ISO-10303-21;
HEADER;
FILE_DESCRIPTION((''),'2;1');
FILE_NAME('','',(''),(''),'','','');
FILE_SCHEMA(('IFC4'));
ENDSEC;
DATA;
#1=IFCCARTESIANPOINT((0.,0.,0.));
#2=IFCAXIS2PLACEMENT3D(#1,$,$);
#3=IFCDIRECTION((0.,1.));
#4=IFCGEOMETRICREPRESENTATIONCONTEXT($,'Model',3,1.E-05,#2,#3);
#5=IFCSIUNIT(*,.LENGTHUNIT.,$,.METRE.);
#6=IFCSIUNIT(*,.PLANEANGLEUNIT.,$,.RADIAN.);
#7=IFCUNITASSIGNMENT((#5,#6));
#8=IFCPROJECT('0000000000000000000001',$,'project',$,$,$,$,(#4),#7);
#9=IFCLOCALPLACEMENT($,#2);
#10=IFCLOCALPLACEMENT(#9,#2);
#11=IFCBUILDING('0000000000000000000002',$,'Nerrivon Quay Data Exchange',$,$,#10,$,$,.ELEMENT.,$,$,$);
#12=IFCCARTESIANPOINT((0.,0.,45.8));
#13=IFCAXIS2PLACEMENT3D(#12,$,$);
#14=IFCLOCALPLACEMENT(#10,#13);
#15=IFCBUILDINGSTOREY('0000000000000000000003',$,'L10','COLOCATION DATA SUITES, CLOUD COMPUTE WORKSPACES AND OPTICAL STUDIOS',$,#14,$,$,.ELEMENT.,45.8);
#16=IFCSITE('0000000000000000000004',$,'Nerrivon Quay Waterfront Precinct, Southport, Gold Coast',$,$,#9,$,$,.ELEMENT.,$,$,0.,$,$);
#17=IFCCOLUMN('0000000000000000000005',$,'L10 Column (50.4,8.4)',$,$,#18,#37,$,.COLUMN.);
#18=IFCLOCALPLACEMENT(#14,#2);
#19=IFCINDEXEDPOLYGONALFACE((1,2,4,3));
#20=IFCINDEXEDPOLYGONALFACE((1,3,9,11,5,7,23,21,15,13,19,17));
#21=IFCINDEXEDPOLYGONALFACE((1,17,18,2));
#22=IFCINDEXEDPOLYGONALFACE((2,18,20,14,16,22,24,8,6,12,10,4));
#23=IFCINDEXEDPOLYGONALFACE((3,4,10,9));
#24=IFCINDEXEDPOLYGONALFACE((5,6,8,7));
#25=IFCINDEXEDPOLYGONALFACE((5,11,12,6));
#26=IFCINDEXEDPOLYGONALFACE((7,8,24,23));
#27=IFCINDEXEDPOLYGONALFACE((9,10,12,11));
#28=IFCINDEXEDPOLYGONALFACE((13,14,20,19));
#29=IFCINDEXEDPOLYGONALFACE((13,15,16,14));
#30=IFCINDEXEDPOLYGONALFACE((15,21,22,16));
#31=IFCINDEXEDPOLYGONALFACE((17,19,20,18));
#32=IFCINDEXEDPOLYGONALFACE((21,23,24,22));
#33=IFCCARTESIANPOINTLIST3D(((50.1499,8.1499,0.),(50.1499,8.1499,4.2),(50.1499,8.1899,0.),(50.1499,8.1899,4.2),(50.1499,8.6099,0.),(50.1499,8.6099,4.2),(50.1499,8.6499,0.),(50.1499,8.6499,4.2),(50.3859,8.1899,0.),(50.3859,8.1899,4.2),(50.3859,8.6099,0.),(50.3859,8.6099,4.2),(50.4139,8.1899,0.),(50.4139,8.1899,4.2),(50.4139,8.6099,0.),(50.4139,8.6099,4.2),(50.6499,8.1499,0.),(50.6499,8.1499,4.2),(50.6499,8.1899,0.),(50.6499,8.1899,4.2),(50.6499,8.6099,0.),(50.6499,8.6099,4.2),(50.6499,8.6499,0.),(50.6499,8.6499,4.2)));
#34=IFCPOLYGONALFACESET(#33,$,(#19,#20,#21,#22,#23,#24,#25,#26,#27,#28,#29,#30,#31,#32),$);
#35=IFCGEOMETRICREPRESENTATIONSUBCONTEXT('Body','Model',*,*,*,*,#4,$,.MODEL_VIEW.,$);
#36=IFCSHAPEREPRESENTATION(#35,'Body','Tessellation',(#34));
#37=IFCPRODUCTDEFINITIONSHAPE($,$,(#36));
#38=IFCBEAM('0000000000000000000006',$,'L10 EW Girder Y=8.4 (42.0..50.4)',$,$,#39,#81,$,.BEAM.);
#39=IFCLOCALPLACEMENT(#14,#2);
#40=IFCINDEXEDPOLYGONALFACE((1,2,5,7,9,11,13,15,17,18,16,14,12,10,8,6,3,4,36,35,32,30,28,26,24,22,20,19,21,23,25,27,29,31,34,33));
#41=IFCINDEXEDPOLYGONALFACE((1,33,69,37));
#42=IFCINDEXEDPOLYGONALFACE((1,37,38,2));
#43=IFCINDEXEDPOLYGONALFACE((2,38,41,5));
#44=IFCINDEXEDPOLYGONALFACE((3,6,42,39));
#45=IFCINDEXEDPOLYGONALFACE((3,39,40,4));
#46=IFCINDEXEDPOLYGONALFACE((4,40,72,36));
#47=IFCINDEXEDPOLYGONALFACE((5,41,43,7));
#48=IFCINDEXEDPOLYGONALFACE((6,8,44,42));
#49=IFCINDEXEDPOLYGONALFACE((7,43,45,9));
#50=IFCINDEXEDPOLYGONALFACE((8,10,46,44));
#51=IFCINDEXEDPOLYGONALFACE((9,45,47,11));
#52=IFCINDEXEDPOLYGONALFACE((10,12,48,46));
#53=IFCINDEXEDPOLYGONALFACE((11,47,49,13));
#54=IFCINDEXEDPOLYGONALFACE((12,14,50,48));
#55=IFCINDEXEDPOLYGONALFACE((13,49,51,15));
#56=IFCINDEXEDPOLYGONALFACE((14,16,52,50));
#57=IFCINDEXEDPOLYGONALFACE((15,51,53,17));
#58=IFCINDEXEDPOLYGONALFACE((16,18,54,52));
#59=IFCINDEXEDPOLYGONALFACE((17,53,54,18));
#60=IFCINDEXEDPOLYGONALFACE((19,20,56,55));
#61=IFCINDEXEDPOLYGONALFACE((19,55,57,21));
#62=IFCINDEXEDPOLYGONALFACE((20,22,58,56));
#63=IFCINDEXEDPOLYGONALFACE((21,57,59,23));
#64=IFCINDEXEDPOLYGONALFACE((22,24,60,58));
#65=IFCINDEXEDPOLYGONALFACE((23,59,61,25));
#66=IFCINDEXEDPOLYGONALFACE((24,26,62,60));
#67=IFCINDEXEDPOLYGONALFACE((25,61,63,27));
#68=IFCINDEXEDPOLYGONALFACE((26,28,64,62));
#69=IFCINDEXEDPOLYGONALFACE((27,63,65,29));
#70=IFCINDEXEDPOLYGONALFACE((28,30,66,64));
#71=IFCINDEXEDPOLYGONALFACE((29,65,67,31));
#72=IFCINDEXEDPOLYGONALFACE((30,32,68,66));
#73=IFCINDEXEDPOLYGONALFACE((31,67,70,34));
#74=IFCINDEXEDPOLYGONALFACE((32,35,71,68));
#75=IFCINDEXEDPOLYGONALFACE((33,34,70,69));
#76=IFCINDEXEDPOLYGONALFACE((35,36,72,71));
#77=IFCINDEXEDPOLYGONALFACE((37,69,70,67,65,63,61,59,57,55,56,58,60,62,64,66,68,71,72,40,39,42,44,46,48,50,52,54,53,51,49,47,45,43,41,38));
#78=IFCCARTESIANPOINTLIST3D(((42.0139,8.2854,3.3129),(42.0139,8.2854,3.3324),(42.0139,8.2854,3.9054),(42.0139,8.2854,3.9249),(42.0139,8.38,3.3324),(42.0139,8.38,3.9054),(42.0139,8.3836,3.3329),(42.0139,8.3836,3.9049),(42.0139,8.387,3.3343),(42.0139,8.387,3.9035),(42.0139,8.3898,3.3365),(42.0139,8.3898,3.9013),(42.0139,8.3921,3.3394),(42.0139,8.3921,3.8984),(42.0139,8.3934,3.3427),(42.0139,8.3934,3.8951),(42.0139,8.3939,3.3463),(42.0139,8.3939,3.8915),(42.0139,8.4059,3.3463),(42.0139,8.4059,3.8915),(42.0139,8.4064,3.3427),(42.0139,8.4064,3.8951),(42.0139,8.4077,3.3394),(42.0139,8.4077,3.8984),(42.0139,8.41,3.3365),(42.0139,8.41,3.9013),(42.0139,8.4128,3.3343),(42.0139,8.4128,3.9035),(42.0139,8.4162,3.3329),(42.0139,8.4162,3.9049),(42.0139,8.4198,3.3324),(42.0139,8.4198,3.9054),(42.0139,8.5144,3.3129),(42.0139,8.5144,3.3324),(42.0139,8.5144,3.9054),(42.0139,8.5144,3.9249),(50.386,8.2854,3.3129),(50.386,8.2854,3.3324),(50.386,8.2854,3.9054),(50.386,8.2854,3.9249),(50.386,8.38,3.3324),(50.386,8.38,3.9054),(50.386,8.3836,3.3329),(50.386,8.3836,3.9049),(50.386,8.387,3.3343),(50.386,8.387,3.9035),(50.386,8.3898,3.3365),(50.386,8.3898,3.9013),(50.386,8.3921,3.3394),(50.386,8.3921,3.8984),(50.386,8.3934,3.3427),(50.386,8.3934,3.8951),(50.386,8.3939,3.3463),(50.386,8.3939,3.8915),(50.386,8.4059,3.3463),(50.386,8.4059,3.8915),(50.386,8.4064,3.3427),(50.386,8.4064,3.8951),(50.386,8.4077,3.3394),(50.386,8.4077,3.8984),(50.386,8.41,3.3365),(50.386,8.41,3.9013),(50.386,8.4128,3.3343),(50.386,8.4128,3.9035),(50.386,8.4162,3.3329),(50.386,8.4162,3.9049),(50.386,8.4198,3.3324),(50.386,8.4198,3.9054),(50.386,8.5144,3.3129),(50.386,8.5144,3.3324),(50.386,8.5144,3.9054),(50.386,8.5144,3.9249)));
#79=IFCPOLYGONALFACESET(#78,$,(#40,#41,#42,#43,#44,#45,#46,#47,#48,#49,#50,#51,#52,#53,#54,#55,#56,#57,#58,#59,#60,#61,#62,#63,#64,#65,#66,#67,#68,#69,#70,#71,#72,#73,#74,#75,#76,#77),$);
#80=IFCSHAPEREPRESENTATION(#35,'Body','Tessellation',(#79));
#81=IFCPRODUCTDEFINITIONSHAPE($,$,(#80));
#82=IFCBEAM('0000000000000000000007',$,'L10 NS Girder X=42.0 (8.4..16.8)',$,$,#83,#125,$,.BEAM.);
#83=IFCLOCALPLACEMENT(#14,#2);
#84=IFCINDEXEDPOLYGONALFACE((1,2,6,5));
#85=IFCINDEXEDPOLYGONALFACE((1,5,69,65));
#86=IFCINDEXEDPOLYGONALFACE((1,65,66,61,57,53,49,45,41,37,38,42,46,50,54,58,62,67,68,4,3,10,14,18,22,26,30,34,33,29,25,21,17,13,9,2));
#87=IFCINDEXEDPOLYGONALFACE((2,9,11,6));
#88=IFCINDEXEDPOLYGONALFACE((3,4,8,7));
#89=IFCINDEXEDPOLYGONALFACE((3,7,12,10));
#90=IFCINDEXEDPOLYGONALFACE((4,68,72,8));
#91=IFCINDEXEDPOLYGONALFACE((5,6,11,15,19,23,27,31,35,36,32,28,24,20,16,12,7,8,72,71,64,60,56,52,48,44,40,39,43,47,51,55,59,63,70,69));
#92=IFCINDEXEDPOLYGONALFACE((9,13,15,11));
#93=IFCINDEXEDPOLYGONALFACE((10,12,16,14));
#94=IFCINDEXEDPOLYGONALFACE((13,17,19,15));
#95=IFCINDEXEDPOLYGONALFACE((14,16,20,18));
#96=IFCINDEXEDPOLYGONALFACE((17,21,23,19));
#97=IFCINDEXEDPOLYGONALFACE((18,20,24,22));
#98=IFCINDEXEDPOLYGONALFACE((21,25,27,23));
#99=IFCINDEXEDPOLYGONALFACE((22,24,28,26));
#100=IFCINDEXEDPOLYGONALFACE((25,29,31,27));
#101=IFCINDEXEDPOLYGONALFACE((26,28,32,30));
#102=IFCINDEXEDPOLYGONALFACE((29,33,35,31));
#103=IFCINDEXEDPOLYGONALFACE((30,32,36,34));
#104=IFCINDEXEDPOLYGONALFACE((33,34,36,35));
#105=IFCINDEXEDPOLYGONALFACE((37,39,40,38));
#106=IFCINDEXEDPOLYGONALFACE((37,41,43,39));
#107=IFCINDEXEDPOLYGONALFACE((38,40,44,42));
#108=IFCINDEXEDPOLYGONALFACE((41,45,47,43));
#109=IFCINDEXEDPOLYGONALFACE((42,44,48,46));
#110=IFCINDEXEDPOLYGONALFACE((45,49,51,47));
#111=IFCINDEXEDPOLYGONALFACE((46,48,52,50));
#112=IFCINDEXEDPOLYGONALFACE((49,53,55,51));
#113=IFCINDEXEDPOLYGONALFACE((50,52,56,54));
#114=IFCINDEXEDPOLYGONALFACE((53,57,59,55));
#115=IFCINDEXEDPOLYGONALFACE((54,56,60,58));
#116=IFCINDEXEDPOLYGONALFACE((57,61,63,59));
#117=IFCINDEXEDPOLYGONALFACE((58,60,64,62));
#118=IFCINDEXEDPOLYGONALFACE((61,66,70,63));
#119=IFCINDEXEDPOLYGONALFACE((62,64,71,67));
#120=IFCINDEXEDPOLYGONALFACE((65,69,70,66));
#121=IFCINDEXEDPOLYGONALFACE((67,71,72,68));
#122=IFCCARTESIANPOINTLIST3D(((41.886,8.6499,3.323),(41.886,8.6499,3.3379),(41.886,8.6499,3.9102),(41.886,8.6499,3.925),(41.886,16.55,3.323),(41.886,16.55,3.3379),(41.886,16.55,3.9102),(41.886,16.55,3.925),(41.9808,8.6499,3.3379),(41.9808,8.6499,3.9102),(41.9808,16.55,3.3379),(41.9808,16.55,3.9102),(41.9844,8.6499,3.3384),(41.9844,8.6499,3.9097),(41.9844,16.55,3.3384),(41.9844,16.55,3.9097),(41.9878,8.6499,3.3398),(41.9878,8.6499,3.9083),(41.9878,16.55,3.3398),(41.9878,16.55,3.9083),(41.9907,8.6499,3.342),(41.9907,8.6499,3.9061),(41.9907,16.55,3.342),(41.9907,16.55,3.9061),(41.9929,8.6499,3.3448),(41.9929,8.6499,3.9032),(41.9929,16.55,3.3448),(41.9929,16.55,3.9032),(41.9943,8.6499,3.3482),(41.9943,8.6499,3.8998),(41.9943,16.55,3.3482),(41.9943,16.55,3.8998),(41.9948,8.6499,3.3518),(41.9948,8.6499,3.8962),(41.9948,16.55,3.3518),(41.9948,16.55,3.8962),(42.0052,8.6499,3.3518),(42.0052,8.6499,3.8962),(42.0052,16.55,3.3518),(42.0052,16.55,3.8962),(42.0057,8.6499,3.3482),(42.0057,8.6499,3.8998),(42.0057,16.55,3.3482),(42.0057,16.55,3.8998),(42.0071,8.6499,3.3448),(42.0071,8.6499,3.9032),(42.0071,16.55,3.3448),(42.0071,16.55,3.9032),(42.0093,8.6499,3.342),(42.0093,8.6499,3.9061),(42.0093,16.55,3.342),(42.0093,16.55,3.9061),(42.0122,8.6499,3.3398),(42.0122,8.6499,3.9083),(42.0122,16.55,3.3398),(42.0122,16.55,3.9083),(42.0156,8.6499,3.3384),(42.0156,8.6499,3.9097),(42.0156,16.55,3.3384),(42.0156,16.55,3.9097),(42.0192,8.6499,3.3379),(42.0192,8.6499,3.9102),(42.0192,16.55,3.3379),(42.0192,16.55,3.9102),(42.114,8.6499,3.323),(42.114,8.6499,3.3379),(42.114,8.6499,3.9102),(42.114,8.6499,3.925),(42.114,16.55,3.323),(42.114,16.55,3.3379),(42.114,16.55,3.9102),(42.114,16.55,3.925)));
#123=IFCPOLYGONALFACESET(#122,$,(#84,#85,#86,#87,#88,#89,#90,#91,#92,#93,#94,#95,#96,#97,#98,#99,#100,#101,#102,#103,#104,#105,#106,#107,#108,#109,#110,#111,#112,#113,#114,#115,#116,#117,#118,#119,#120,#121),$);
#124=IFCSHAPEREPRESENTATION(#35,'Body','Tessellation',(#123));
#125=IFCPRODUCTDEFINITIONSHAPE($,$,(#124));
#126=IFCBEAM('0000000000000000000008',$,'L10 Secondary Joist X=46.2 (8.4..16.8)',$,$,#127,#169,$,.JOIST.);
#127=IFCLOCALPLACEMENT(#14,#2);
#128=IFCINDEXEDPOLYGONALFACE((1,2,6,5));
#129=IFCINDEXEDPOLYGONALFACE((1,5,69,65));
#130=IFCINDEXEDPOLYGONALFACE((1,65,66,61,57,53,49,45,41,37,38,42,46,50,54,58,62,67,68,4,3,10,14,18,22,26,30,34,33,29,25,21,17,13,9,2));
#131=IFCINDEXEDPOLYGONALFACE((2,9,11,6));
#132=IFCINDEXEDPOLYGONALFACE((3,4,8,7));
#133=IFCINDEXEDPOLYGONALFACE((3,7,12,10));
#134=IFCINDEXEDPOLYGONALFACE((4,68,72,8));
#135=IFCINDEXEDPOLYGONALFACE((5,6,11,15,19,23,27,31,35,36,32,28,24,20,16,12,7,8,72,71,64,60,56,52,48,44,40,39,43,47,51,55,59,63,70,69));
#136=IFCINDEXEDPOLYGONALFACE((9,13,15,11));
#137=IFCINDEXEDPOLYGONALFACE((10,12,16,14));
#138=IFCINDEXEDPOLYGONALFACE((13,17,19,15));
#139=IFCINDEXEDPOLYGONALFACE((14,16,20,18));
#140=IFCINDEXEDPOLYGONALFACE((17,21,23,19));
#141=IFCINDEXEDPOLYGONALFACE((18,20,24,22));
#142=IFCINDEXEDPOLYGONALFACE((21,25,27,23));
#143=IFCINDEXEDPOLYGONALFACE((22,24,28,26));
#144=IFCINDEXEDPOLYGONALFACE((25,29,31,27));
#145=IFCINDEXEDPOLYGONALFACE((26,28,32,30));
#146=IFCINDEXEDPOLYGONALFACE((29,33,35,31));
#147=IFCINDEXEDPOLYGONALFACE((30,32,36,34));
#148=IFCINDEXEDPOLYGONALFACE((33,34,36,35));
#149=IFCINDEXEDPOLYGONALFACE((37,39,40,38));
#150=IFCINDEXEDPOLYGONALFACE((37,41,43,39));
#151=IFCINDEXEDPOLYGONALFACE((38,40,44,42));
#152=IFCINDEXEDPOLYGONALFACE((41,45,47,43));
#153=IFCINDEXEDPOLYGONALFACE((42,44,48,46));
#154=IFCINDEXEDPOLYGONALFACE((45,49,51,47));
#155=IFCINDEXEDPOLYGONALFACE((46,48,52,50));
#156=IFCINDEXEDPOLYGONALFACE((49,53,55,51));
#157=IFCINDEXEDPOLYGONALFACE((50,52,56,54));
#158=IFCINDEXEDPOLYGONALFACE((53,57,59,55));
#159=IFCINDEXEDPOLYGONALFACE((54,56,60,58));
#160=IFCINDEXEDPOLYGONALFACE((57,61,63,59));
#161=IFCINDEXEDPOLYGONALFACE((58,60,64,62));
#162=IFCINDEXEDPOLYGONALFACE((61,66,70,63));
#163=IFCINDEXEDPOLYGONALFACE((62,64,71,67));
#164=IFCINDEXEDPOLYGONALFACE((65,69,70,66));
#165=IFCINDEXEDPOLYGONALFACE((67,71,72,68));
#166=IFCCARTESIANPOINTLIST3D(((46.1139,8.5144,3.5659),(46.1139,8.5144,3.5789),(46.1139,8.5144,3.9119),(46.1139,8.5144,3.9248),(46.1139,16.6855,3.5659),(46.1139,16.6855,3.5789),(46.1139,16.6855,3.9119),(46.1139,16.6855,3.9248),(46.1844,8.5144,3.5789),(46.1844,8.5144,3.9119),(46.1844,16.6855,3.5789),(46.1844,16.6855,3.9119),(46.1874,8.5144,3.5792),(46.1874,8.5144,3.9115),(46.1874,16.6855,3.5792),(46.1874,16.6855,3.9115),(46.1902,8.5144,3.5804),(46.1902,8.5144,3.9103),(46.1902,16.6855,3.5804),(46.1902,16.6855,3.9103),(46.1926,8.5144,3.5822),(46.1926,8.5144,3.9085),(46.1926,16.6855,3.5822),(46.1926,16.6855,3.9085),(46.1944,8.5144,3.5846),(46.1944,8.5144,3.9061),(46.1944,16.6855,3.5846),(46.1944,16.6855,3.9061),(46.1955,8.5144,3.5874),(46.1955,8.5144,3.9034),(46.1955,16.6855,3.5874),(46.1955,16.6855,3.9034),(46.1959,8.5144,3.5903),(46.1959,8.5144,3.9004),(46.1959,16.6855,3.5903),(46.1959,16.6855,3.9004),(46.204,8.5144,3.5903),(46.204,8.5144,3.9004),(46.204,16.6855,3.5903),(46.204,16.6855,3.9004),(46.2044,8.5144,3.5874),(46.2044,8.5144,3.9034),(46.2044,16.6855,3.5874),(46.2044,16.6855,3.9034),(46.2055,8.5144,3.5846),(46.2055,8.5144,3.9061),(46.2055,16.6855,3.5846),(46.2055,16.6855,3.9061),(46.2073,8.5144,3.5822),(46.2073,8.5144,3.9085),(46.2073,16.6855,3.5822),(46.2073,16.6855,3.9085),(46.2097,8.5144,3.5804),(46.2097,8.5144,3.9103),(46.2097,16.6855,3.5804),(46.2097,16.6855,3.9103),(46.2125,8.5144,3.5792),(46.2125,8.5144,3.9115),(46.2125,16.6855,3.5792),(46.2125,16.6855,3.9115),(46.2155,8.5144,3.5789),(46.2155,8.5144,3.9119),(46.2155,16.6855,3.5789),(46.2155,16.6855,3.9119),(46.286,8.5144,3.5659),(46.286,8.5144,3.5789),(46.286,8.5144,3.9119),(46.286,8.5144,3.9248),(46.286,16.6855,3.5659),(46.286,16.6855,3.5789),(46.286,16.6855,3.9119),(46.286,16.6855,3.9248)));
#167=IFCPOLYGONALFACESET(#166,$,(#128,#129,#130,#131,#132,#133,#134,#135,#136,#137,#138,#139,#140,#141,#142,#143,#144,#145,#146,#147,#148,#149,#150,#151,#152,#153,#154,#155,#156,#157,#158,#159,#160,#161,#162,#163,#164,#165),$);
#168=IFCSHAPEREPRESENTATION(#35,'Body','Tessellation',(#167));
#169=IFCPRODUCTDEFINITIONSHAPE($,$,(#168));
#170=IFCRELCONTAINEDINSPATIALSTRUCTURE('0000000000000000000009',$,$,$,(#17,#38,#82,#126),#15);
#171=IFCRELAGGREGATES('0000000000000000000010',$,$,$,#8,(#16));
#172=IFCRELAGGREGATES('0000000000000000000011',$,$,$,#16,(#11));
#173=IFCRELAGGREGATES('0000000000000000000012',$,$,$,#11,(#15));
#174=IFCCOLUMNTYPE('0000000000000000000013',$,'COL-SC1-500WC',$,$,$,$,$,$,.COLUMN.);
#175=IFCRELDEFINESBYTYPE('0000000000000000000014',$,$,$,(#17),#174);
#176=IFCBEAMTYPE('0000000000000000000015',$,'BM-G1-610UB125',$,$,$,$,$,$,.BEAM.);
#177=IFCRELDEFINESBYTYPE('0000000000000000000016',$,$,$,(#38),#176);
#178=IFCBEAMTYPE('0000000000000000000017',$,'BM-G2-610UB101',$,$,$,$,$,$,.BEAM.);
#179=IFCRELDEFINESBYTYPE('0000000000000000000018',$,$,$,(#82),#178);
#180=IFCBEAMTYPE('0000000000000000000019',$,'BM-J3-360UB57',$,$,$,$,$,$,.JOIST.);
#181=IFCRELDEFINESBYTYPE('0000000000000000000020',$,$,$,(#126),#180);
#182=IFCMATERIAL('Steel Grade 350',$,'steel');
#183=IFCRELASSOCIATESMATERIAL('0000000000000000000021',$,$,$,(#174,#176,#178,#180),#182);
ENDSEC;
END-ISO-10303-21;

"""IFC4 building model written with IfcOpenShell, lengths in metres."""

from ifc_helpers import new_model, si_unit, direction, frame, origin, origin_2d, place, context, subcontext, project, spatial, i_section, extrude, material, material_profile, profile_set, type_object, element, save


model = new_model("IFC4")

# Units and contexts
model_context = context("Model", 3, precision=1e-05, world=origin(), true_north=direction((0.0, 1.0)))
body_context = subcontext(model_context, "Body", "Model", "MODEL_VIEW")
ifc_project = project(units=[si_unit("LENGTHUNIT", "METRE"), si_unit("PLANEANGLEUNIT", "RADIAN")], contexts=[model_context])

# Site, building, storey
site_placement = place(None, origin())
site = spatial("IfcSite", under=ifc_project, at=site_placement, Name="Nerrivon Quay Waterfront Precinct, Southport, Gold Coast", CompositionType="ELEMENT", RefElevation=0.0)
building_placement = place(site_placement, origin())
building = spatial("IfcBuilding", under=site, at=building_placement, Name="Nerrivon Quay Data Exchange", CompositionType="ELEMENT")
storey_placement = place(building_placement, frame((0.0, 0.0, 45.8)))
storey = spatial("IfcBuildingStorey", under=building, at=storey_placement, Name="L10", Description="COLOCATION DATA SUITES, CLOUD COMPUTE WORKSPACES AND OPTICAL STUDIOS", CompositionType="ELEMENT", Elevation=45.8)

# Column
ifc_material_1 = material(Name="Steel Grade 350", Category="steel")
ifc_material_profile_1 = material_profile(ifc_material_1, i_section(OverallWidth=0.5, OverallDepth=0.5, WebThickness=0.0281, FlangeThickness=0.04, at=origin_2d()), Name="500WC440")
ifc_profile_set_1 = profile_set([ifc_material_profile_1], Name="Steel Grade 350")
column_type = type_object("IfcColumnType", Name="COL-SC1-500WC", PredefinedType="COLUMN", material=ifc_profile_set_1)
column_placement = place(storey_placement, frame((50.3999, 8.3999, 0.0), z_axis=(0.0, 0.0, 1.0), x_axis=(1.0, 0.0, 0.0)))
element("IfcColumn", 1, at=column_placement, inside=storey, type_object=column_type, Name="L10 Column (50.4,8.4)", PredefinedType="COLUMN", context=body_context, shape_type="SweptSolid", body=[
    extrude(i_section(OverallWidth=0.5, OverallDepth=0.5, WebThickness=0.0281, FlangeThickness=0.04, at=origin_2d()), origin(), (0.0, 0.0, 1.0), 4.2),
])

# Beams
ifc_material_profile_2 = material_profile(ifc_material_1, i_section(OverallWidth=0.229, OverallDepth=0.6121, WebThickness=0.012, FlangeThickness=0.0195, FilletRadius=0.0139, at=origin_2d()), Name="610UB125")
ifc_profile_set_2 = profile_set([ifc_material_profile_2], Name="Steel Grade 350")
beam_type_1 = type_object("IfcBeamType", Name="BM-G1-610UB125", PredefinedType="BEAM", material=ifc_profile_set_2)
beam_1_placement = place(storey_placement, frame((42.0139, 8.3999, 3.6189), z_axis=(1.0, 0.0, 0.0), x_axis=(0.0, 1.0, 0.0)))
element("IfcBeam", 2, at=beam_1_placement, inside=storey, type_object=beam_type_1, Name="L10 EW Girder Y=8.4 (42.0..50.4)", PredefinedType="BEAM", context=body_context, shape_type="SweptSolid", body=[
    extrude(i_section(OverallWidth=0.229, OverallDepth=0.6121, WebThickness=0.012, FlangeThickness=0.0195, FilletRadius=0.0139, at=origin_2d()), origin(), (0.0, 0.0, 1.0), 8.3721),
])
ifc_material_profile_3 = material_profile(ifc_material_1, i_section(OverallWidth=0.228, OverallDepth=0.6021, WebThickness=0.0105, FlangeThickness=0.0149, FilletRadius=0.0139, at=origin_2d()), Name="610UB101")
ifc_profile_set_3 = profile_set([ifc_material_profile_3], Name="Steel Grade 350")
beam_type_2 = type_object("IfcBeamType", Name="BM-G2-610UB101", PredefinedType="BEAM", material=ifc_profile_set_3)
beam_2_placement = place(storey_placement, frame((42.0, 8.6499, 3.624), z_axis=(0.0, 1.0, 0.0), x_axis=(-1.0, 0.0, 0.0)))
element("IfcBeam", 3, at=beam_2_placement, inside=storey, type_object=beam_type_2, Name="L10 NS Girder X=42.0 (8.4..16.8)", PredefinedType="BEAM", context=body_context, shape_type="SweptSolid", body=[
    extrude(i_section(OverallWidth=0.228, OverallDepth=0.6021, WebThickness=0.0105, FlangeThickness=0.0149, FilletRadius=0.0139, at=origin_2d()), origin(), (0.0, 0.0, 1.0), 7.9001),
])
ifc_material_profile_4 = material_profile(ifc_material_1, i_section(OverallWidth=0.1721, OverallDepth=0.3589, WebThickness=0.0081, FlangeThickness=0.0129, FilletRadius=0.0115, at=origin_2d()), Name="360UB56.7")
ifc_profile_set_4 = profile_set([ifc_material_profile_4], Name="Steel Grade 350")
beam_type_3 = type_object("IfcBeamType", Name="BM-J3-360UB57", PredefinedType="JOIST", material=ifc_profile_set_4)
beam_3_placement = place(storey_placement, frame((46.2, 8.5144, 3.7454), z_axis=(0.0, 1.0, 0.0), x_axis=(-1.0, 0.0, 0.0)))
element("IfcBeam", 4, at=beam_3_placement, inside=storey, type_object=beam_type_3, Name="L10 Secondary Joist X=46.2 (8.4..16.8)", PredefinedType="JOIST", context=body_context, shape_type="SweptSolid", body=[
    extrude(i_section(OverallWidth=0.1721, OverallDepth=0.3589, WebThickness=0.0081, FlangeThickness=0.0129, FilletRadius=0.0115, at=origin_2d()), origin(), (0.0, 0.0, 1.0), 8.1711),
])

save(model, "model.ifc")
